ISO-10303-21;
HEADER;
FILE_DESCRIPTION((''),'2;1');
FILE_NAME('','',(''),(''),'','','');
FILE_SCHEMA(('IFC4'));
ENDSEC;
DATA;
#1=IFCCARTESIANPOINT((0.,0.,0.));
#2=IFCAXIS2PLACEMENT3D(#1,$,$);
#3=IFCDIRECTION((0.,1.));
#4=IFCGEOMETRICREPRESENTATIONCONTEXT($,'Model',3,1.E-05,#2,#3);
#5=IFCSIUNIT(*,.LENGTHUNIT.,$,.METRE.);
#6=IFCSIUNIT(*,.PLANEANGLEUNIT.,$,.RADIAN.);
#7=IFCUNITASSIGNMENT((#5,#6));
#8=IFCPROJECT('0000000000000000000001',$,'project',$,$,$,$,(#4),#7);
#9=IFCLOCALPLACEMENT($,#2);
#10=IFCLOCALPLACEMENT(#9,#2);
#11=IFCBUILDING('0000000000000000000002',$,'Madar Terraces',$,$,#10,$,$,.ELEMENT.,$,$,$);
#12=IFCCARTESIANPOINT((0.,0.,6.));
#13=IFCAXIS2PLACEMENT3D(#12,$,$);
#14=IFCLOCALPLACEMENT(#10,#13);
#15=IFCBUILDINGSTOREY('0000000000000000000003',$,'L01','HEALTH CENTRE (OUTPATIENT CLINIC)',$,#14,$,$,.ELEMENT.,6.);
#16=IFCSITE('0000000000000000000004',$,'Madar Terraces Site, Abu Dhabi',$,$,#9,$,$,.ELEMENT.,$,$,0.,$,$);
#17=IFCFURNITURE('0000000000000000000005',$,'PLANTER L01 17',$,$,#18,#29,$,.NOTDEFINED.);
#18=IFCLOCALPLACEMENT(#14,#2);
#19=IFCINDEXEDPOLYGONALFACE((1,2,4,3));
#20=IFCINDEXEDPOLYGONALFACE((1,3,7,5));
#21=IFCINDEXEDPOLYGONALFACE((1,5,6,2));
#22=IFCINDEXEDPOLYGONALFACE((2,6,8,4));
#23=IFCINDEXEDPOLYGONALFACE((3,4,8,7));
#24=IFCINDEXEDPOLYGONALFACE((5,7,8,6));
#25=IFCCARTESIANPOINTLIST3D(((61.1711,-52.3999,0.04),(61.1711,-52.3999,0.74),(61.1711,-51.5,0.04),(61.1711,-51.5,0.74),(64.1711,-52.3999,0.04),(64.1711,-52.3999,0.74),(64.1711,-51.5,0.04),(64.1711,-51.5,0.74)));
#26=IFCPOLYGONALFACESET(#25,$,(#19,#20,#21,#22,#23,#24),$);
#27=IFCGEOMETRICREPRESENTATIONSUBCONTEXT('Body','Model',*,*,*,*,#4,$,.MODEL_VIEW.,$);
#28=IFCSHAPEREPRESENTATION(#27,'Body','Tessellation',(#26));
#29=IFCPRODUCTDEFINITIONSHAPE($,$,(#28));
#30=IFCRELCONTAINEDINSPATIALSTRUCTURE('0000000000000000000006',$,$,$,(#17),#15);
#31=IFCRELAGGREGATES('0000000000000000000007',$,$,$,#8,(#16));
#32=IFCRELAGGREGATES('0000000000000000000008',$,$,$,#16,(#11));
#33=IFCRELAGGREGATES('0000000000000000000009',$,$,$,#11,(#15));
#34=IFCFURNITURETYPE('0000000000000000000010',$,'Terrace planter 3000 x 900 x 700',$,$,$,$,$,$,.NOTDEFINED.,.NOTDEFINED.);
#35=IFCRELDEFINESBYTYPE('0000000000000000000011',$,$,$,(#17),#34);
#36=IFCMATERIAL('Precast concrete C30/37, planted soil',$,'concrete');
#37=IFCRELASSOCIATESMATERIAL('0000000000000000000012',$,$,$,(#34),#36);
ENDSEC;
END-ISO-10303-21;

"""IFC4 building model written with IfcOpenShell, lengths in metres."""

from ifc_helpers import new_model, si_unit, direction, frame, origin, origin_2d, place, context, subcontext, project, spatial, rectangle, extrude, material, type_object, element, save


model = new_model("IFC4")

# Units and contexts
model_context = context("Model", 3, precision=1e-05, world=origin(), true_north=direction((0.0, 1.0)))
body_context = subcontext(model_context, "Body", "Model", "MODEL_VIEW")
ifc_project = project(units=[si_unit("LENGTHUNIT", "METRE"), si_unit("PLANEANGLEUNIT", "RADIAN")], contexts=[model_context])

# Site, building, storey
site_placement = place(None, origin())
site = spatial("IfcSite", under=ifc_project, at=site_placement, Name="Madar Terraces Site, Abu Dhabi", CompositionType="ELEMENT", RefElevation=0.0)
building_placement = place(site_placement, origin())
building = spatial("IfcBuilding", under=site, at=building_placement, Name="Madar Terraces", CompositionType="ELEMENT")
storey_placement = place(building_placement, frame((0.0, 0.0, 6.0)))
storey = spatial("IfcBuildingStorey", under=building, at=storey_placement, Name="L01", Description="HEALTH CENTRE (OUTPATIENT CLINIC)", CompositionType="ELEMENT", Elevation=6.0)

# Furniture
ifc_material_1 = material(Name="Precast concrete C30/37, planted soil", Category="concrete")
furniture_type = type_object("IfcFurnitureType", Name="Terrace planter 3000 x 900 x 700", AssemblyPlace="NOTDEFINED", PredefinedType="NOTDEFINED", material=ifc_material_1)
for number, where, z_axis, x_axis, name in (
    (1, (62.6711, -51.95, 0.04), (0.0, 0.0, 1.0), (1.0, 0.0, 0.0), "PLANTER L01 17"),
):
    element("IfcFurniture", number, at=place(storey_placement, frame(where, z_axis=z_axis, x_axis=x_axis)), inside=storey, type_object=furniture_type, Name=name, PredefinedType="NOTDEFINED", context=body_context, shape_type="SweptSolid", body=[
        extrude(rectangle(XDim=3.0, YDim=0.8999, at=origin_2d()), origin(), (0.0, 0.0, 1.0), 0.7),
    ])

save(model, "model.ifc")
